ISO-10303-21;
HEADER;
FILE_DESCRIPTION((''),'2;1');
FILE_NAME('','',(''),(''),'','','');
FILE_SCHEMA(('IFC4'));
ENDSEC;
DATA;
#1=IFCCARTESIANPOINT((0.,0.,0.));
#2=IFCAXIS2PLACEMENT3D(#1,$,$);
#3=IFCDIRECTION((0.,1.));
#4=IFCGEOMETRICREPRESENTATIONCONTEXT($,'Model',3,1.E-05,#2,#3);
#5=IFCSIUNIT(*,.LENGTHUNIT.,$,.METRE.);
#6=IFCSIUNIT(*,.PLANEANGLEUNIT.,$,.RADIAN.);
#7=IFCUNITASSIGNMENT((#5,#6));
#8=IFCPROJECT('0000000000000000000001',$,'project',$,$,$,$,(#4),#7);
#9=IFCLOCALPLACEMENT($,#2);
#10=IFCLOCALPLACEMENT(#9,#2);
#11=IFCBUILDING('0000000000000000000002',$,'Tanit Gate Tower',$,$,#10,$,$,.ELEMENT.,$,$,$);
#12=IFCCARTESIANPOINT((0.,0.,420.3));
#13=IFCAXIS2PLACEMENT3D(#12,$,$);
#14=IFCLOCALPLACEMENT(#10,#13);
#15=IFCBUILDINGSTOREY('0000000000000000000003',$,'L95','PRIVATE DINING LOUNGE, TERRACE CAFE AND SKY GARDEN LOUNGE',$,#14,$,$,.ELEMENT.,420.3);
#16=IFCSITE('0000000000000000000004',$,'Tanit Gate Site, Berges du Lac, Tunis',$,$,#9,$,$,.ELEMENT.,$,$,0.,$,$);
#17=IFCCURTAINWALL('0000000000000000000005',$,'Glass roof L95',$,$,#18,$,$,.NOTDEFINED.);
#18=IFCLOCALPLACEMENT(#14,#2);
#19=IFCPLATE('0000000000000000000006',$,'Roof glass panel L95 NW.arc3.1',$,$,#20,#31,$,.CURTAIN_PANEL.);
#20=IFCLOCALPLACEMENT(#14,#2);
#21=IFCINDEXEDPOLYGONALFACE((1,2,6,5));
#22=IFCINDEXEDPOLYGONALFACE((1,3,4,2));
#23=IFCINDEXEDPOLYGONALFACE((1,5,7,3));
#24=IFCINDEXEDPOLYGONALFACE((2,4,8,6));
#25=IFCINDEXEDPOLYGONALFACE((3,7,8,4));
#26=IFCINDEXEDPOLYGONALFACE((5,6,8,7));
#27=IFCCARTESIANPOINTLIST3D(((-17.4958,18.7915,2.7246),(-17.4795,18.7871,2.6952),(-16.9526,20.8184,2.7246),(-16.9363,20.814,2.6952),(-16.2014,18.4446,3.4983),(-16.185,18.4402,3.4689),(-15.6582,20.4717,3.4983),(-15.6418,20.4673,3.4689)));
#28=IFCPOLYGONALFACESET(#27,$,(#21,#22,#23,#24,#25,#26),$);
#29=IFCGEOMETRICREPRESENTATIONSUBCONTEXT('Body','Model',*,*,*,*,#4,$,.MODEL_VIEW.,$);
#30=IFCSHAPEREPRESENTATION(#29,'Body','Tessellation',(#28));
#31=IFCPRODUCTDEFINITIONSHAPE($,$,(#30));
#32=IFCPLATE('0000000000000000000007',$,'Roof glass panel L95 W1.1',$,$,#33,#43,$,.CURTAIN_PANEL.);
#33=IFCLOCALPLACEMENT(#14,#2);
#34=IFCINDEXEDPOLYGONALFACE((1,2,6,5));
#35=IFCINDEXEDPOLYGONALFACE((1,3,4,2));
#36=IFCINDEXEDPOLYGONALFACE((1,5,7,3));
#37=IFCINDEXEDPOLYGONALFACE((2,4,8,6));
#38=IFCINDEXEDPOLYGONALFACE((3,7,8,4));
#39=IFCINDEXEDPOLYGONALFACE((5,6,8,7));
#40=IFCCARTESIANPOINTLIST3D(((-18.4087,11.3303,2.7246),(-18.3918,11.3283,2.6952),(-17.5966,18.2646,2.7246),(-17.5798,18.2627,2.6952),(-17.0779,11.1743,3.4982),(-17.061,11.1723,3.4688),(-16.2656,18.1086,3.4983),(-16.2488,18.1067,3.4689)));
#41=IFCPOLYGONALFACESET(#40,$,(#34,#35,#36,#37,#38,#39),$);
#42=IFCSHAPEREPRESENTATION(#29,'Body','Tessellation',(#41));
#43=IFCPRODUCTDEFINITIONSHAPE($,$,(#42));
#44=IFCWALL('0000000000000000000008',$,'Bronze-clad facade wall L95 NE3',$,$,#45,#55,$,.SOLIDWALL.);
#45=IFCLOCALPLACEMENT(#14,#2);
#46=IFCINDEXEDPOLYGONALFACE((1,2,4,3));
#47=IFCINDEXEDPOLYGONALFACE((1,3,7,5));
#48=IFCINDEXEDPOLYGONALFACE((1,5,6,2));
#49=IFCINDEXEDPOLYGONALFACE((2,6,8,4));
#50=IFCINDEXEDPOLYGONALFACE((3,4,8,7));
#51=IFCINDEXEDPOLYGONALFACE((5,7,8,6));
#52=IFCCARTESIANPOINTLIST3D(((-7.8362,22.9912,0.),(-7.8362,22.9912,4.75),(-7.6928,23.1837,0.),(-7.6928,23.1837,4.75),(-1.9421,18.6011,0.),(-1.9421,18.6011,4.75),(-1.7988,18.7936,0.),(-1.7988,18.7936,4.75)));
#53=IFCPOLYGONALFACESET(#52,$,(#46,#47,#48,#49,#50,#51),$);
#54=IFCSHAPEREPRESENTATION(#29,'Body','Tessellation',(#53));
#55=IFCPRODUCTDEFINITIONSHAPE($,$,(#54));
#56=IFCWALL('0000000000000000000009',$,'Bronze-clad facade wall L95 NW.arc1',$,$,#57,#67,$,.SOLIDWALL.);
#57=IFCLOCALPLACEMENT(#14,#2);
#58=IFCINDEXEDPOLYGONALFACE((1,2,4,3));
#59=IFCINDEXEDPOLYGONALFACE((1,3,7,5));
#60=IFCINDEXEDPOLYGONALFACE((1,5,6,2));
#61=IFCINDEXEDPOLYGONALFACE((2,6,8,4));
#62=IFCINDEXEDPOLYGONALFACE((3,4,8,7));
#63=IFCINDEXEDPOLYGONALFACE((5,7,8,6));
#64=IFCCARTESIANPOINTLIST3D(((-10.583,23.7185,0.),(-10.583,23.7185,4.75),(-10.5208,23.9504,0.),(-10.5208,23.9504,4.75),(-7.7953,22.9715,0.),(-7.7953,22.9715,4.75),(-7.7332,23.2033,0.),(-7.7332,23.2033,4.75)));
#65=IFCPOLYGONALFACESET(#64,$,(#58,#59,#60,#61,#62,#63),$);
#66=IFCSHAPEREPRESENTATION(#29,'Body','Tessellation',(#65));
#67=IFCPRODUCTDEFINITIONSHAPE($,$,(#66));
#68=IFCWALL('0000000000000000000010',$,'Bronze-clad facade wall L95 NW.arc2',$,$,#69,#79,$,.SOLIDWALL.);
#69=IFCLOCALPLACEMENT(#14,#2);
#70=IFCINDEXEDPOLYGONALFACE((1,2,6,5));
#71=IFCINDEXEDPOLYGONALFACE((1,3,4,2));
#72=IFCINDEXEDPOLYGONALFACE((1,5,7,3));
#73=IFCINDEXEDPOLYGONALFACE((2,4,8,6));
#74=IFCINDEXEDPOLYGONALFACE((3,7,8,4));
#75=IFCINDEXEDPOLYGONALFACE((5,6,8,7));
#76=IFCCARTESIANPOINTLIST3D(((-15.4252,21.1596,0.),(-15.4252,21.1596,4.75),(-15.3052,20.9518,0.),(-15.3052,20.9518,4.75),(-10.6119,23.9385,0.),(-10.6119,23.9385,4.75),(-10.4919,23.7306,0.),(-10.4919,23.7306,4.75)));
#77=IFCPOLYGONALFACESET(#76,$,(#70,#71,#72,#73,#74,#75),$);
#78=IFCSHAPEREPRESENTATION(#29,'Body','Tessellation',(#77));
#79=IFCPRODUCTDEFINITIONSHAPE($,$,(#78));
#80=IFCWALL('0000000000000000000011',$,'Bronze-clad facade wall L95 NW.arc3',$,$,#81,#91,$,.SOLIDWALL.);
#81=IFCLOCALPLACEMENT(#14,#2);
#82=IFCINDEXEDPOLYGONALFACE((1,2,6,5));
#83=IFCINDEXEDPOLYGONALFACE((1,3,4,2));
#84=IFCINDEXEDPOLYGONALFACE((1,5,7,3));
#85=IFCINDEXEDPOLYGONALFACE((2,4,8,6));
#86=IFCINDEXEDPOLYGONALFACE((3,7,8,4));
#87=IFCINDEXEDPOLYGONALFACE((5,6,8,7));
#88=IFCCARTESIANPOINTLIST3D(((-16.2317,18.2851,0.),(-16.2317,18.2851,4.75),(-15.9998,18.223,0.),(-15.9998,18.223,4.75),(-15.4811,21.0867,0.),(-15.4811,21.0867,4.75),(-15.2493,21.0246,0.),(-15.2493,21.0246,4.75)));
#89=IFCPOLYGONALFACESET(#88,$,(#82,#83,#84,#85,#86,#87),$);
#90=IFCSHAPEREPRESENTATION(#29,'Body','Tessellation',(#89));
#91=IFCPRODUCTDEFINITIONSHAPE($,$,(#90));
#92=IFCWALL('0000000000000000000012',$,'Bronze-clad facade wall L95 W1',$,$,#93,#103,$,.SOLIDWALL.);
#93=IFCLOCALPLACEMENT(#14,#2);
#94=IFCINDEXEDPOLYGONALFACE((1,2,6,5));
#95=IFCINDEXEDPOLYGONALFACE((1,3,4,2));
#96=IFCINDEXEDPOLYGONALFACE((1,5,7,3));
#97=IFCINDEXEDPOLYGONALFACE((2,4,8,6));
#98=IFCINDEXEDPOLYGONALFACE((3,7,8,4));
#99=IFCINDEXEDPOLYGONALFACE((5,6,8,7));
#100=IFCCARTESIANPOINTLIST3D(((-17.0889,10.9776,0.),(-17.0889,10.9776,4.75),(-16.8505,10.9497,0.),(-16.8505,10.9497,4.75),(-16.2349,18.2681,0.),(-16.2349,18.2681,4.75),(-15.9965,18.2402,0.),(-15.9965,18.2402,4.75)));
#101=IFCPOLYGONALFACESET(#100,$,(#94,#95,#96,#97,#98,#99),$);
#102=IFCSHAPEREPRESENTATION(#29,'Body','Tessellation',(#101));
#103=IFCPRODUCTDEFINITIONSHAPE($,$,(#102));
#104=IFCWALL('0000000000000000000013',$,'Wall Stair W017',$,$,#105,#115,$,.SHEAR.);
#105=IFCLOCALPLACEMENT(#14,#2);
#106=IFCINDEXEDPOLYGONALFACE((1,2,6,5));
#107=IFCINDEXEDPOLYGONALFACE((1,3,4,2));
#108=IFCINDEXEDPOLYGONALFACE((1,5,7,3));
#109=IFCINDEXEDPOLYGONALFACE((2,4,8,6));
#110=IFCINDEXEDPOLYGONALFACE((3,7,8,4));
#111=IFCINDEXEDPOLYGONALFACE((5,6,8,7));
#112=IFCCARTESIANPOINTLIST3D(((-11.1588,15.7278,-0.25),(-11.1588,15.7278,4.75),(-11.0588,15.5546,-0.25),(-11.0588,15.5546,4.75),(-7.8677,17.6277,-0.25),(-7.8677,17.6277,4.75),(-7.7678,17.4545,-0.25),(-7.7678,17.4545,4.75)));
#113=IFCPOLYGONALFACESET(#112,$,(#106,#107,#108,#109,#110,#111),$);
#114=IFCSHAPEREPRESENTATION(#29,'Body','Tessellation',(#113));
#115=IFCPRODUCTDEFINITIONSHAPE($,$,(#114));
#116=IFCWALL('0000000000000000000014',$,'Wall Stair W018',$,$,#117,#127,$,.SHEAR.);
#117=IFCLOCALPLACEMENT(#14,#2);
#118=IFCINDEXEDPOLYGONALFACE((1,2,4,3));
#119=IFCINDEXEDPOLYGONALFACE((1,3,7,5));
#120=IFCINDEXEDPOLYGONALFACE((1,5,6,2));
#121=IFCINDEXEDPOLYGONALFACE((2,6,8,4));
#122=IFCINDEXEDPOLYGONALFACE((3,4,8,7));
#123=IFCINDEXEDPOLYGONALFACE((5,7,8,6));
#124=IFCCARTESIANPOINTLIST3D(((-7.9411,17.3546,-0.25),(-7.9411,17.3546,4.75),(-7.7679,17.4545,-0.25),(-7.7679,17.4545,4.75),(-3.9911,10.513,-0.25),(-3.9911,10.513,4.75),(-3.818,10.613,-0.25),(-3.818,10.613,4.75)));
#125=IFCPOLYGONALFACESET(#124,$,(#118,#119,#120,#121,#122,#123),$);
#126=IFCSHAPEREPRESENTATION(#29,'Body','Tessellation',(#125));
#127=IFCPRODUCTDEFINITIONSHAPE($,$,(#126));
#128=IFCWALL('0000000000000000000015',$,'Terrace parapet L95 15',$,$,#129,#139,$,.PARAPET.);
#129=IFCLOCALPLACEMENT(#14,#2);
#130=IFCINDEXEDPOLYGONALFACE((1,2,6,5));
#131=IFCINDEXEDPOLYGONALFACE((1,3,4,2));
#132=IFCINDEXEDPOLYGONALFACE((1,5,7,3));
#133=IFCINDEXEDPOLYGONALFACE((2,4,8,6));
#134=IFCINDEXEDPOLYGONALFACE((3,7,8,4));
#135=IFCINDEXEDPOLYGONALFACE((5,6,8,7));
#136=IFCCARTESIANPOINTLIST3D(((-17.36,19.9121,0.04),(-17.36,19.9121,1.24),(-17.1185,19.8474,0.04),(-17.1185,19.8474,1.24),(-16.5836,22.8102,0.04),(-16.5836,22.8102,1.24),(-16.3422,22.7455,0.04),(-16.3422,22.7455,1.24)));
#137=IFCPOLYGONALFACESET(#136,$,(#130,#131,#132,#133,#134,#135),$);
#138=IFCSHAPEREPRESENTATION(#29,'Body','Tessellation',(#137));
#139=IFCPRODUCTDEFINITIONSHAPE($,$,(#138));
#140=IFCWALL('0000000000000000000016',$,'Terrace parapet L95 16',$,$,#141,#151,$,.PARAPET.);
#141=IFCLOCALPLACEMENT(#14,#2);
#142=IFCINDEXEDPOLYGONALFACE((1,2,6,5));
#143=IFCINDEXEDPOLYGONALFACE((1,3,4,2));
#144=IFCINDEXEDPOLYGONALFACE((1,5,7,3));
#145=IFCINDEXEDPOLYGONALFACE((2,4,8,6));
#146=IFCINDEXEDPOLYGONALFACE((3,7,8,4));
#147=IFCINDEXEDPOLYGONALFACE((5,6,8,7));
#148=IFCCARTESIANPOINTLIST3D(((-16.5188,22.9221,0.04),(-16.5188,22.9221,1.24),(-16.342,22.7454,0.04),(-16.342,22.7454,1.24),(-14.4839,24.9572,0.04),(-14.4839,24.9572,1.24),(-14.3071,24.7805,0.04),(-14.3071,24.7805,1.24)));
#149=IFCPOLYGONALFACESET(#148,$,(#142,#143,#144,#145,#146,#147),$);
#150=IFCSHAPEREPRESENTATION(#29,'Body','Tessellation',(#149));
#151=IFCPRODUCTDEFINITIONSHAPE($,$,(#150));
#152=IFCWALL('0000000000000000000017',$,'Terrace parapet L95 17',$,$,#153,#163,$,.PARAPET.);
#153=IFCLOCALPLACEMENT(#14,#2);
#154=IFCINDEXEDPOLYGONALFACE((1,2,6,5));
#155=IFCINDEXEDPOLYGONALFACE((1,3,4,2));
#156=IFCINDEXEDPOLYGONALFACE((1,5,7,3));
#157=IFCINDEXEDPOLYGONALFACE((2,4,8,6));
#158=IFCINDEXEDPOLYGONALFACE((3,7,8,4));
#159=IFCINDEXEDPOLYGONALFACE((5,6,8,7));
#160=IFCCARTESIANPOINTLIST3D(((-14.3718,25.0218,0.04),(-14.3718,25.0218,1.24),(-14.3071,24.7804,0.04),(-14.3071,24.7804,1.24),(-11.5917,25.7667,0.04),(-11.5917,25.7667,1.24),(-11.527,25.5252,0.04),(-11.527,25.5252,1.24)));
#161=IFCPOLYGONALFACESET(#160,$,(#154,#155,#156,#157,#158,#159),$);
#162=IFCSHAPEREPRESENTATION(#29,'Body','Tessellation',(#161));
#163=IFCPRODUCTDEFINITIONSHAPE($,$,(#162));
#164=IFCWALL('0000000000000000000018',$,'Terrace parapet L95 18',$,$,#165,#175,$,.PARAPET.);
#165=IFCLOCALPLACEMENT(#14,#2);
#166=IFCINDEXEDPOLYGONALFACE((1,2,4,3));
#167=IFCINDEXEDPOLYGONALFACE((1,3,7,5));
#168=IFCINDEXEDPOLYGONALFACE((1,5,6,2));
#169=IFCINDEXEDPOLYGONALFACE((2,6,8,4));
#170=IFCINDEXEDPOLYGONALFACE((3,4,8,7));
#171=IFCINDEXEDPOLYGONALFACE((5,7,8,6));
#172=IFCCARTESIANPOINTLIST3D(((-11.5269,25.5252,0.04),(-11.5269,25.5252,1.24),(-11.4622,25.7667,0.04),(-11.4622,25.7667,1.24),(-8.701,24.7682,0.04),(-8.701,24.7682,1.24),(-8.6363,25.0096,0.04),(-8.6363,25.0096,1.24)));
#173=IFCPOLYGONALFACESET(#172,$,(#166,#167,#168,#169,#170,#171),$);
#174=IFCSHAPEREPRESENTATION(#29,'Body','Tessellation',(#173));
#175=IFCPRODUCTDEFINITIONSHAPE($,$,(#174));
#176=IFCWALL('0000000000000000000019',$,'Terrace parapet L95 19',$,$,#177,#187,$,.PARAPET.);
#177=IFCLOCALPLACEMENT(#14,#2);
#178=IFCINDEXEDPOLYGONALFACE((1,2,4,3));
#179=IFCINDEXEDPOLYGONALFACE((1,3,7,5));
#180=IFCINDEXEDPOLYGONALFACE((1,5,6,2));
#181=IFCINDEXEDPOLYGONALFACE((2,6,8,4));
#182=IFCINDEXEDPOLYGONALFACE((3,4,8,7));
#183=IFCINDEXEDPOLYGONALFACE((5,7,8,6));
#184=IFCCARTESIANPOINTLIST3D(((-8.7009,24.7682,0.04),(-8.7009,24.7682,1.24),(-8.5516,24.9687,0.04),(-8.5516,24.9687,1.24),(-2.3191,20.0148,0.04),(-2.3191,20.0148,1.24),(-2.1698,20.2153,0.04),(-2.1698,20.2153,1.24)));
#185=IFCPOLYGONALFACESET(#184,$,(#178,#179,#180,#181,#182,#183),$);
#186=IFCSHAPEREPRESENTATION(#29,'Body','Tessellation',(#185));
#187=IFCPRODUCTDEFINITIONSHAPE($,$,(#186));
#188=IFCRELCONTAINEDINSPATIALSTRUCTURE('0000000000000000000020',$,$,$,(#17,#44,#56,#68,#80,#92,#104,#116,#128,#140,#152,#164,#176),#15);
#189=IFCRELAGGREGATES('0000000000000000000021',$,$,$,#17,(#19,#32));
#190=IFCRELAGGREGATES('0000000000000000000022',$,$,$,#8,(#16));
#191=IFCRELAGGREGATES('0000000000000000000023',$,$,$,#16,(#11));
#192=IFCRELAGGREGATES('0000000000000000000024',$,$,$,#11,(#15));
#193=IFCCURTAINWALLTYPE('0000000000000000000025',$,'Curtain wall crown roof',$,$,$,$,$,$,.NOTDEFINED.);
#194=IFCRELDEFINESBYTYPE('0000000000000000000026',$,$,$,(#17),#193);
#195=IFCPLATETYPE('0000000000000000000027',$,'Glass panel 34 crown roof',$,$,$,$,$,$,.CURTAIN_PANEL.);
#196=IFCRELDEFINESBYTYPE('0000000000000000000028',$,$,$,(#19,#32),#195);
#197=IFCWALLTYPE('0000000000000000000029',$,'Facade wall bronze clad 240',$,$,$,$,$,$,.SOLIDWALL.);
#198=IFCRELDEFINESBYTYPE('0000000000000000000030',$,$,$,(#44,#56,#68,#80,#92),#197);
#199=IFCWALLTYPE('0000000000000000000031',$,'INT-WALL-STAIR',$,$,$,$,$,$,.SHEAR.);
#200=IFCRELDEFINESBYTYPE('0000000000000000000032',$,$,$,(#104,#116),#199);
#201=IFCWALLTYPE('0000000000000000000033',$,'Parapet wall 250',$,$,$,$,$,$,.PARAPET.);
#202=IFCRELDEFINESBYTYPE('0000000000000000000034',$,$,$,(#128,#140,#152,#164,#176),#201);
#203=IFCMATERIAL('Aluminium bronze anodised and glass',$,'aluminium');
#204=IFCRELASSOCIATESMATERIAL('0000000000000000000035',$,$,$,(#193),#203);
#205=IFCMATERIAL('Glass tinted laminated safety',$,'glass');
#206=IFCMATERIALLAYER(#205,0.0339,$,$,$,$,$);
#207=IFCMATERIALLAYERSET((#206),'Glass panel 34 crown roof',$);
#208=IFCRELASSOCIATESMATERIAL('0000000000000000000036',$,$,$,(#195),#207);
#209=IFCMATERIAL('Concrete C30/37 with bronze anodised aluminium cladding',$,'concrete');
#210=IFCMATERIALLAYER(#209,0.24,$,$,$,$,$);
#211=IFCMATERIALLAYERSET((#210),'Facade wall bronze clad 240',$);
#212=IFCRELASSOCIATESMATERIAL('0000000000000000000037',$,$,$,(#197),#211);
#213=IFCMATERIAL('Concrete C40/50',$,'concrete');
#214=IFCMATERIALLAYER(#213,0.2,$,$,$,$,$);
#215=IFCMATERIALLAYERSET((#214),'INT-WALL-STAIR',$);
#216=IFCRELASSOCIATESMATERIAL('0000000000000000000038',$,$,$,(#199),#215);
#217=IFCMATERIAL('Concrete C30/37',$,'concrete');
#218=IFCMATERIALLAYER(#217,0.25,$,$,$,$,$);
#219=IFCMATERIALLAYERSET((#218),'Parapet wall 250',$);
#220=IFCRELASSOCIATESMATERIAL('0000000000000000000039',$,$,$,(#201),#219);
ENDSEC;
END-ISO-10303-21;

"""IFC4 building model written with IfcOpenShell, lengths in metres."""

from ifc_helpers import new_model, si_unit, direction, frame, frame_2d, origin, place, context, subcontext, project, spatial, polyline, rectangle, outline, extrude, material, layer, layer_set, type_object, element, aggregate, save


model = new_model("IFC4")

# Units and contexts
model_context = context("Model", 3, precision=1e-05, world=origin(), true_north=direction((0.0, 1.0)))
body_context = subcontext(model_context, "Body", "Model", "MODEL_VIEW")
ifc_project = project(units=[si_unit("LENGTHUNIT", "METRE"), si_unit("PLANEANGLEUNIT", "RADIAN")], contexts=[model_context])

# Site, building, storey
site_placement = place(None, origin())
site = spatial("IfcSite", under=ifc_project, at=site_placement, Name="Tanit Gate Site, Berges du Lac, Tunis", CompositionType="ELEMENT", RefElevation=0.0)
building_placement = place(site_placement, origin())
building = spatial("IfcBuilding", under=site, at=building_placement, Name="Tanit Gate Tower", CompositionType="ELEMENT")
storey_placement = place(building_placement, frame((0.0, 0.0, 420.3)))
storey = spatial("IfcBuildingStorey", under=building, at=storey_placement, Name="L95", Description="PRIVATE DINING LOUNGE, TERRACE CAFE AND SKY GARDEN LOUNGE", CompositionType="ELEMENT", Elevation=420.3)

# Curtain wall
ifc_material_1 = material(Name="Aluminium bronze anodised and glass", Category="aluminium")
curtain_wall_type = type_object("IfcCurtainWallType", Name="Curtain wall crown roof", PredefinedType="NOTDEFINED", material=ifc_material_1)
curtain_wall_placement = place(storey_placement, origin())
curtain_wall = element("IfcCurtainWall", 1, at=curtain_wall_placement, inside=storey, type_object=curtain_wall_type, Name="Glass roof L95", PredefinedType="NOTDEFINED")

# Plates
ifc_material_2 = material(Name="Glass tinted laminated safety", Category="glass")
ifc_layer_1 = layer(ifc_material_2, 0.0339)
ifc_layer_set_1 = layer_set([ifc_layer_1], Name="Glass panel 34 crown roof")
plate_type = type_object("IfcPlateType", Name="Glass panel 34 crown roof", PredefinedType="CURTAIN_PANEL", material=ifc_layer_set_1)
plate_1_placement = place(storey_placement, frame((-15.6582, 20.4717, 3.4983), z_axis=(-0.48295, 0.129426, 0.86603), x_axis=(-0.258846, -0.965919, 0.000007)))
plate_1 = element("IfcPlate", 2, at=plate_1_placement, type_object=plate_type, Name="Roof glass panel L95 NW.arc3.1", PredefinedType="CURTAIN_PANEL", context=body_context, shape_type="SweptSolid", body=[
    extrude(outline(polyline([(0.0, 0.0), (2.0986, 0.0), (2.0986, -1.5474), (0.0002, -1.5474), (0.0, 0.0)])), origin(), (0.0, 0.0, -1.0), 0.0339),
])
plate_2_placement = place(storey_placement, frame((-16.2656, 18.1086, 3.4983), z_axis=(-0.496609, 0.058162, 0.866024), x_axis=(-0.116336, -0.99321, -0.000008)))
plate_2 = element("IfcPlate", 3, at=plate_2_placement, type_object=plate_type, Name="Roof glass panel L95 W1.1", PredefinedType="CURTAIN_PANEL", context=body_context, shape_type="SweptSolid", body=[
    extrude(outline(polyline([(0.0, 0.0), (6.9817, 0.0), (6.9816, -1.5472), (-0.0001, -1.5475), (0.0, 0.0)])), origin(), (0.0, 0.0, -1.0), 0.0339),
])
aggregate(curtain_wall, [plate_1, plate_2])

# Walls
ifc_material_3 = material(Name="Concrete C30/37 with bronze anodised aluminium cladding", Category="concrete")
ifc_layer_2 = layer(ifc_material_3, 0.24)
ifc_layer_set_2 = layer_set([ifc_layer_2], Name="Facade wall bronze clad 240")
wall_type_1 = type_object("IfcWallType", Name="Facade wall bronze clad 240", PredefinedType="SOLIDWALL", material=ifc_layer_set_2)
wall_1_placement = place(storey_placement, frame((-1.8704, 18.6973, 0.0), z_axis=(0.0, 0.0, 1.0), x_axis=(-0.801981, 0.59735, 0.0)))
element("IfcWall", 4, at=wall_1_placement, inside=storey, type_object=wall_type_1, Name="Bronze-clad facade wall L95 NE3", PredefinedType="SOLIDWALL", context=body_context, shape_type="SweptSolid", body=[
    extrude(rectangle(XDim=7.3494, YDim=0.24, at=frame_2d((3.6748, 0.0))), origin(), (0.0, 0.0, 1.0), 4.75),
])
wall_2_placement = place(storey_placement, frame((-7.7644, 23.0874, 0.0), z_axis=(0.0, 0.0, 1.0), x_axis=(-0.965914, 0.258863, 0.0)))
element("IfcWall", 5, at=wall_2_placement, inside=storey, type_object=wall_type_1, Name="Bronze-clad facade wall L95 NW.arc1", PredefinedType="SOLIDWALL", context=body_context, shape_type="SweptSolid", body=[
    extrude(rectangle(XDim=2.886, YDim=0.24, at=frame_2d((1.4429, 0.0))), origin(), (0.0, 0.0, 1.0), 4.75),
])
wall_3_placement = place(storey_placement, frame((-10.552, 23.8345, 0.0), z_axis=(0.0, 0.0, 1.0), x_axis=(-0.866034, -0.499985, 0.0)))
element("IfcWall", 6, at=wall_3_placement, inside=storey, type_object=wall_type_1, Name="Bronze-clad facade wall L95 NW.arc2", PredefinedType="SOLIDWALL", context=body_context, shape_type="SweptSolid", body=[
    extrude(rectangle(XDim=5.5579, YDim=0.24, at=frame_2d((2.7788, 0.0))), origin(), (0.0, 0.0, 1.0), 4.75),
])
wall_4_placement = place(storey_placement, frame((-15.3652, 21.0557, 0.0), z_axis=(0.0, 0.0, 1.0), x_axis=(-0.258763, -0.965941, 0.0)))
element("IfcWall", 7, at=wall_4_placement, inside=storey, type_object=wall_type_1, Name="Bronze-clad facade wall L95 NW.arc3", PredefinedType="SOLIDWALL", context=body_context, shape_type="SweptSolid", body=[
    extrude(rectangle(XDim=2.9004, YDim=0.24, at=frame_2d((1.4502, 0.0))), origin(), (0.0, 0.0, 1.0), 4.75),
])
wall_5_placement = place(storey_placement, frame((-16.1157, 18.2542, 0.0), z_axis=(0.0, 0.0, 1.0), x_axis=(-0.116343, -0.993209, 0.0)))
element("IfcWall", 8, at=wall_5_placement, inside=storey, type_object=wall_type_1, Name="Bronze-clad facade wall L95 W1", PredefinedType="SOLIDWALL", context=body_context, shape_type="SweptSolid", body=[
    extrude(rectangle(XDim=7.3403, YDim=0.24, at=frame_2d((3.6702, 0.0))), origin(), (0.0, 0.0, 1.0), 4.75),
])
ifc_material_4 = material(Name="Concrete C40/50", Category="concrete")
ifc_layer_3 = layer(ifc_material_4, 0.2)
ifc_layer_set_3 = layer_set([ifc_layer_3], Name="INT-WALL-STAIR")
wall_type_2 = type_object("IfcWallType", Name="INT-WALL-STAIR", PredefinedType="SHEAR", material=ifc_layer_set_3)
wall_6_placement = place(storey_placement, frame((-7.8179, 17.541, -0.25), z_axis=(0.0, 0.0, 1.0), x_axis=(-0.866044, -0.499967, 0.0)))
element("IfcWall", 9, at=wall_6_placement, inside=storey, type_object=wall_type_2, Name="Wall Stair W017", PredefinedType="SHEAR", context=body_context, shape_type="SweptSolid", body=[
    extrude(rectangle(XDim=3.8, YDim=0.2, at=frame_2d((1.8999, 0.0))), origin(), (0.0, 0.0, 1.0), 5.0),
])
wall_7_placement = place(storey_placement, frame((-7.8545, 17.4045, -0.25), z_axis=(0.0, 0.0, 1.0), x_axis=(0.499998, -0.866027, 0.0)))
element("IfcWall", 10, at=wall_7_placement, inside=storey, type_object=wall_type_2, Name="Wall Stair W018", PredefinedType="SHEAR", context=body_context, shape_type="SweptSolid", body=[
    extrude(rectangle(XDim=7.8999, YDim=0.2, at=frame_2d((3.95, 0.0))), origin(), (0.0, 0.0, 1.0), 5.0),
])
ifc_material_5 = material(Name="Concrete C30/37", Category="concrete")
ifc_layer_4 = layer(ifc_material_5, 0.25)
ifc_layer_set_4 = layer_set([ifc_layer_4], Name="Parapet wall 250")
wall_type_3 = type_object("IfcWallType", Name="Parapet wall 250", PredefinedType="PARAPET", material=ifc_layer_set_4)
wall_8_placement = place(storey_placement, frame((-17.2393, 19.8799, 0.04), z_axis=(0.0, 0.0, 1.0), x_axis=(0.258777, 0.965937, 0.0)))
element("IfcWall", 11, at=wall_8_placement, inside=storey, type_object=wall_type_3, Name="Terrace parapet L95 15", PredefinedType="PARAPET", context=body_context, shape_type="SweptSolid", body=[
    extrude(rectangle(XDim=3.0002, YDim=0.25, at=frame_2d((1.5, 0.0))), origin(), (0.0, 0.0, 1.0), 1.2),
])
wall_9_placement = place(storey_placement, frame((-16.4304, 22.8337, 0.04), z_axis=(0.0, 0.0, 1.0), x_axis=(0.707064, 0.707149, 0.0)))
element("IfcWall", 12, at=wall_9_placement, inside=storey, type_object=wall_type_3, Name="Terrace parapet L95 16", PredefinedType="PARAPET", context=body_context, shape_type="SweptSolid", body=[
    extrude(rectangle(XDim=2.8779, YDim=0.25, at=frame_2d((1.439, 0.0))), origin(), (0.0, 0.0, 1.0), 1.2),
])
wall_10_placement = place(storey_placement, frame((-14.3394, 24.9011, 0.04), z_axis=(0.0, 0.0, 1.0), x_axis=(0.965929, 0.258808, 0.0)))
element("IfcWall", 13, at=wall_10_placement, inside=storey, type_object=wall_type_3, Name="Terrace parapet L95 17", PredefinedType="PARAPET", context=body_context, shape_type="SweptSolid", body=[
    extrude(rectangle(XDim=2.8782, YDim=0.25, at=frame_2d((1.439, 0.0))), origin(), (0.0, 0.0, 1.0), 1.2),
])
wall_11_placement = place(storey_placement, frame((-11.4946, 25.646, 0.04), z_axis=(0.0, 0.0, 1.0), x_axis=(0.965937, -0.258779, 0.0)))
element("IfcWall", 14, at=wall_11_placement, inside=storey, type_object=wall_type_3, Name="Terrace parapet L95 18", PredefinedType="PARAPET", context=body_context, shape_type="SweptSolid", body=[
    extrude(rectangle(XDim=2.9255, YDim=0.25, at=frame_2d((1.4629, 0.0))), origin(), (0.0, 0.0, 1.0), 1.2),
])
wall_12_placement = place(storey_placement, frame((-8.6262, 24.8684, 0.04), z_axis=(0.0, 0.0, 1.0), x_axis=(0.801984, -0.597346, 0.0)))
element("IfcWall", 15, at=wall_12_placement, inside=storey, type_object=wall_type_3, Name="Terrace parapet L95 19", PredefinedType="PARAPET", context=body_context, shape_type="SweptSolid", body=[
    extrude(rectangle(XDim=7.9575, YDim=0.25, at=frame_2d((3.9788, 0.0))), origin(), (0.0, 0.0, 1.0), 1.2),
])

save(model, "model.ifc")
